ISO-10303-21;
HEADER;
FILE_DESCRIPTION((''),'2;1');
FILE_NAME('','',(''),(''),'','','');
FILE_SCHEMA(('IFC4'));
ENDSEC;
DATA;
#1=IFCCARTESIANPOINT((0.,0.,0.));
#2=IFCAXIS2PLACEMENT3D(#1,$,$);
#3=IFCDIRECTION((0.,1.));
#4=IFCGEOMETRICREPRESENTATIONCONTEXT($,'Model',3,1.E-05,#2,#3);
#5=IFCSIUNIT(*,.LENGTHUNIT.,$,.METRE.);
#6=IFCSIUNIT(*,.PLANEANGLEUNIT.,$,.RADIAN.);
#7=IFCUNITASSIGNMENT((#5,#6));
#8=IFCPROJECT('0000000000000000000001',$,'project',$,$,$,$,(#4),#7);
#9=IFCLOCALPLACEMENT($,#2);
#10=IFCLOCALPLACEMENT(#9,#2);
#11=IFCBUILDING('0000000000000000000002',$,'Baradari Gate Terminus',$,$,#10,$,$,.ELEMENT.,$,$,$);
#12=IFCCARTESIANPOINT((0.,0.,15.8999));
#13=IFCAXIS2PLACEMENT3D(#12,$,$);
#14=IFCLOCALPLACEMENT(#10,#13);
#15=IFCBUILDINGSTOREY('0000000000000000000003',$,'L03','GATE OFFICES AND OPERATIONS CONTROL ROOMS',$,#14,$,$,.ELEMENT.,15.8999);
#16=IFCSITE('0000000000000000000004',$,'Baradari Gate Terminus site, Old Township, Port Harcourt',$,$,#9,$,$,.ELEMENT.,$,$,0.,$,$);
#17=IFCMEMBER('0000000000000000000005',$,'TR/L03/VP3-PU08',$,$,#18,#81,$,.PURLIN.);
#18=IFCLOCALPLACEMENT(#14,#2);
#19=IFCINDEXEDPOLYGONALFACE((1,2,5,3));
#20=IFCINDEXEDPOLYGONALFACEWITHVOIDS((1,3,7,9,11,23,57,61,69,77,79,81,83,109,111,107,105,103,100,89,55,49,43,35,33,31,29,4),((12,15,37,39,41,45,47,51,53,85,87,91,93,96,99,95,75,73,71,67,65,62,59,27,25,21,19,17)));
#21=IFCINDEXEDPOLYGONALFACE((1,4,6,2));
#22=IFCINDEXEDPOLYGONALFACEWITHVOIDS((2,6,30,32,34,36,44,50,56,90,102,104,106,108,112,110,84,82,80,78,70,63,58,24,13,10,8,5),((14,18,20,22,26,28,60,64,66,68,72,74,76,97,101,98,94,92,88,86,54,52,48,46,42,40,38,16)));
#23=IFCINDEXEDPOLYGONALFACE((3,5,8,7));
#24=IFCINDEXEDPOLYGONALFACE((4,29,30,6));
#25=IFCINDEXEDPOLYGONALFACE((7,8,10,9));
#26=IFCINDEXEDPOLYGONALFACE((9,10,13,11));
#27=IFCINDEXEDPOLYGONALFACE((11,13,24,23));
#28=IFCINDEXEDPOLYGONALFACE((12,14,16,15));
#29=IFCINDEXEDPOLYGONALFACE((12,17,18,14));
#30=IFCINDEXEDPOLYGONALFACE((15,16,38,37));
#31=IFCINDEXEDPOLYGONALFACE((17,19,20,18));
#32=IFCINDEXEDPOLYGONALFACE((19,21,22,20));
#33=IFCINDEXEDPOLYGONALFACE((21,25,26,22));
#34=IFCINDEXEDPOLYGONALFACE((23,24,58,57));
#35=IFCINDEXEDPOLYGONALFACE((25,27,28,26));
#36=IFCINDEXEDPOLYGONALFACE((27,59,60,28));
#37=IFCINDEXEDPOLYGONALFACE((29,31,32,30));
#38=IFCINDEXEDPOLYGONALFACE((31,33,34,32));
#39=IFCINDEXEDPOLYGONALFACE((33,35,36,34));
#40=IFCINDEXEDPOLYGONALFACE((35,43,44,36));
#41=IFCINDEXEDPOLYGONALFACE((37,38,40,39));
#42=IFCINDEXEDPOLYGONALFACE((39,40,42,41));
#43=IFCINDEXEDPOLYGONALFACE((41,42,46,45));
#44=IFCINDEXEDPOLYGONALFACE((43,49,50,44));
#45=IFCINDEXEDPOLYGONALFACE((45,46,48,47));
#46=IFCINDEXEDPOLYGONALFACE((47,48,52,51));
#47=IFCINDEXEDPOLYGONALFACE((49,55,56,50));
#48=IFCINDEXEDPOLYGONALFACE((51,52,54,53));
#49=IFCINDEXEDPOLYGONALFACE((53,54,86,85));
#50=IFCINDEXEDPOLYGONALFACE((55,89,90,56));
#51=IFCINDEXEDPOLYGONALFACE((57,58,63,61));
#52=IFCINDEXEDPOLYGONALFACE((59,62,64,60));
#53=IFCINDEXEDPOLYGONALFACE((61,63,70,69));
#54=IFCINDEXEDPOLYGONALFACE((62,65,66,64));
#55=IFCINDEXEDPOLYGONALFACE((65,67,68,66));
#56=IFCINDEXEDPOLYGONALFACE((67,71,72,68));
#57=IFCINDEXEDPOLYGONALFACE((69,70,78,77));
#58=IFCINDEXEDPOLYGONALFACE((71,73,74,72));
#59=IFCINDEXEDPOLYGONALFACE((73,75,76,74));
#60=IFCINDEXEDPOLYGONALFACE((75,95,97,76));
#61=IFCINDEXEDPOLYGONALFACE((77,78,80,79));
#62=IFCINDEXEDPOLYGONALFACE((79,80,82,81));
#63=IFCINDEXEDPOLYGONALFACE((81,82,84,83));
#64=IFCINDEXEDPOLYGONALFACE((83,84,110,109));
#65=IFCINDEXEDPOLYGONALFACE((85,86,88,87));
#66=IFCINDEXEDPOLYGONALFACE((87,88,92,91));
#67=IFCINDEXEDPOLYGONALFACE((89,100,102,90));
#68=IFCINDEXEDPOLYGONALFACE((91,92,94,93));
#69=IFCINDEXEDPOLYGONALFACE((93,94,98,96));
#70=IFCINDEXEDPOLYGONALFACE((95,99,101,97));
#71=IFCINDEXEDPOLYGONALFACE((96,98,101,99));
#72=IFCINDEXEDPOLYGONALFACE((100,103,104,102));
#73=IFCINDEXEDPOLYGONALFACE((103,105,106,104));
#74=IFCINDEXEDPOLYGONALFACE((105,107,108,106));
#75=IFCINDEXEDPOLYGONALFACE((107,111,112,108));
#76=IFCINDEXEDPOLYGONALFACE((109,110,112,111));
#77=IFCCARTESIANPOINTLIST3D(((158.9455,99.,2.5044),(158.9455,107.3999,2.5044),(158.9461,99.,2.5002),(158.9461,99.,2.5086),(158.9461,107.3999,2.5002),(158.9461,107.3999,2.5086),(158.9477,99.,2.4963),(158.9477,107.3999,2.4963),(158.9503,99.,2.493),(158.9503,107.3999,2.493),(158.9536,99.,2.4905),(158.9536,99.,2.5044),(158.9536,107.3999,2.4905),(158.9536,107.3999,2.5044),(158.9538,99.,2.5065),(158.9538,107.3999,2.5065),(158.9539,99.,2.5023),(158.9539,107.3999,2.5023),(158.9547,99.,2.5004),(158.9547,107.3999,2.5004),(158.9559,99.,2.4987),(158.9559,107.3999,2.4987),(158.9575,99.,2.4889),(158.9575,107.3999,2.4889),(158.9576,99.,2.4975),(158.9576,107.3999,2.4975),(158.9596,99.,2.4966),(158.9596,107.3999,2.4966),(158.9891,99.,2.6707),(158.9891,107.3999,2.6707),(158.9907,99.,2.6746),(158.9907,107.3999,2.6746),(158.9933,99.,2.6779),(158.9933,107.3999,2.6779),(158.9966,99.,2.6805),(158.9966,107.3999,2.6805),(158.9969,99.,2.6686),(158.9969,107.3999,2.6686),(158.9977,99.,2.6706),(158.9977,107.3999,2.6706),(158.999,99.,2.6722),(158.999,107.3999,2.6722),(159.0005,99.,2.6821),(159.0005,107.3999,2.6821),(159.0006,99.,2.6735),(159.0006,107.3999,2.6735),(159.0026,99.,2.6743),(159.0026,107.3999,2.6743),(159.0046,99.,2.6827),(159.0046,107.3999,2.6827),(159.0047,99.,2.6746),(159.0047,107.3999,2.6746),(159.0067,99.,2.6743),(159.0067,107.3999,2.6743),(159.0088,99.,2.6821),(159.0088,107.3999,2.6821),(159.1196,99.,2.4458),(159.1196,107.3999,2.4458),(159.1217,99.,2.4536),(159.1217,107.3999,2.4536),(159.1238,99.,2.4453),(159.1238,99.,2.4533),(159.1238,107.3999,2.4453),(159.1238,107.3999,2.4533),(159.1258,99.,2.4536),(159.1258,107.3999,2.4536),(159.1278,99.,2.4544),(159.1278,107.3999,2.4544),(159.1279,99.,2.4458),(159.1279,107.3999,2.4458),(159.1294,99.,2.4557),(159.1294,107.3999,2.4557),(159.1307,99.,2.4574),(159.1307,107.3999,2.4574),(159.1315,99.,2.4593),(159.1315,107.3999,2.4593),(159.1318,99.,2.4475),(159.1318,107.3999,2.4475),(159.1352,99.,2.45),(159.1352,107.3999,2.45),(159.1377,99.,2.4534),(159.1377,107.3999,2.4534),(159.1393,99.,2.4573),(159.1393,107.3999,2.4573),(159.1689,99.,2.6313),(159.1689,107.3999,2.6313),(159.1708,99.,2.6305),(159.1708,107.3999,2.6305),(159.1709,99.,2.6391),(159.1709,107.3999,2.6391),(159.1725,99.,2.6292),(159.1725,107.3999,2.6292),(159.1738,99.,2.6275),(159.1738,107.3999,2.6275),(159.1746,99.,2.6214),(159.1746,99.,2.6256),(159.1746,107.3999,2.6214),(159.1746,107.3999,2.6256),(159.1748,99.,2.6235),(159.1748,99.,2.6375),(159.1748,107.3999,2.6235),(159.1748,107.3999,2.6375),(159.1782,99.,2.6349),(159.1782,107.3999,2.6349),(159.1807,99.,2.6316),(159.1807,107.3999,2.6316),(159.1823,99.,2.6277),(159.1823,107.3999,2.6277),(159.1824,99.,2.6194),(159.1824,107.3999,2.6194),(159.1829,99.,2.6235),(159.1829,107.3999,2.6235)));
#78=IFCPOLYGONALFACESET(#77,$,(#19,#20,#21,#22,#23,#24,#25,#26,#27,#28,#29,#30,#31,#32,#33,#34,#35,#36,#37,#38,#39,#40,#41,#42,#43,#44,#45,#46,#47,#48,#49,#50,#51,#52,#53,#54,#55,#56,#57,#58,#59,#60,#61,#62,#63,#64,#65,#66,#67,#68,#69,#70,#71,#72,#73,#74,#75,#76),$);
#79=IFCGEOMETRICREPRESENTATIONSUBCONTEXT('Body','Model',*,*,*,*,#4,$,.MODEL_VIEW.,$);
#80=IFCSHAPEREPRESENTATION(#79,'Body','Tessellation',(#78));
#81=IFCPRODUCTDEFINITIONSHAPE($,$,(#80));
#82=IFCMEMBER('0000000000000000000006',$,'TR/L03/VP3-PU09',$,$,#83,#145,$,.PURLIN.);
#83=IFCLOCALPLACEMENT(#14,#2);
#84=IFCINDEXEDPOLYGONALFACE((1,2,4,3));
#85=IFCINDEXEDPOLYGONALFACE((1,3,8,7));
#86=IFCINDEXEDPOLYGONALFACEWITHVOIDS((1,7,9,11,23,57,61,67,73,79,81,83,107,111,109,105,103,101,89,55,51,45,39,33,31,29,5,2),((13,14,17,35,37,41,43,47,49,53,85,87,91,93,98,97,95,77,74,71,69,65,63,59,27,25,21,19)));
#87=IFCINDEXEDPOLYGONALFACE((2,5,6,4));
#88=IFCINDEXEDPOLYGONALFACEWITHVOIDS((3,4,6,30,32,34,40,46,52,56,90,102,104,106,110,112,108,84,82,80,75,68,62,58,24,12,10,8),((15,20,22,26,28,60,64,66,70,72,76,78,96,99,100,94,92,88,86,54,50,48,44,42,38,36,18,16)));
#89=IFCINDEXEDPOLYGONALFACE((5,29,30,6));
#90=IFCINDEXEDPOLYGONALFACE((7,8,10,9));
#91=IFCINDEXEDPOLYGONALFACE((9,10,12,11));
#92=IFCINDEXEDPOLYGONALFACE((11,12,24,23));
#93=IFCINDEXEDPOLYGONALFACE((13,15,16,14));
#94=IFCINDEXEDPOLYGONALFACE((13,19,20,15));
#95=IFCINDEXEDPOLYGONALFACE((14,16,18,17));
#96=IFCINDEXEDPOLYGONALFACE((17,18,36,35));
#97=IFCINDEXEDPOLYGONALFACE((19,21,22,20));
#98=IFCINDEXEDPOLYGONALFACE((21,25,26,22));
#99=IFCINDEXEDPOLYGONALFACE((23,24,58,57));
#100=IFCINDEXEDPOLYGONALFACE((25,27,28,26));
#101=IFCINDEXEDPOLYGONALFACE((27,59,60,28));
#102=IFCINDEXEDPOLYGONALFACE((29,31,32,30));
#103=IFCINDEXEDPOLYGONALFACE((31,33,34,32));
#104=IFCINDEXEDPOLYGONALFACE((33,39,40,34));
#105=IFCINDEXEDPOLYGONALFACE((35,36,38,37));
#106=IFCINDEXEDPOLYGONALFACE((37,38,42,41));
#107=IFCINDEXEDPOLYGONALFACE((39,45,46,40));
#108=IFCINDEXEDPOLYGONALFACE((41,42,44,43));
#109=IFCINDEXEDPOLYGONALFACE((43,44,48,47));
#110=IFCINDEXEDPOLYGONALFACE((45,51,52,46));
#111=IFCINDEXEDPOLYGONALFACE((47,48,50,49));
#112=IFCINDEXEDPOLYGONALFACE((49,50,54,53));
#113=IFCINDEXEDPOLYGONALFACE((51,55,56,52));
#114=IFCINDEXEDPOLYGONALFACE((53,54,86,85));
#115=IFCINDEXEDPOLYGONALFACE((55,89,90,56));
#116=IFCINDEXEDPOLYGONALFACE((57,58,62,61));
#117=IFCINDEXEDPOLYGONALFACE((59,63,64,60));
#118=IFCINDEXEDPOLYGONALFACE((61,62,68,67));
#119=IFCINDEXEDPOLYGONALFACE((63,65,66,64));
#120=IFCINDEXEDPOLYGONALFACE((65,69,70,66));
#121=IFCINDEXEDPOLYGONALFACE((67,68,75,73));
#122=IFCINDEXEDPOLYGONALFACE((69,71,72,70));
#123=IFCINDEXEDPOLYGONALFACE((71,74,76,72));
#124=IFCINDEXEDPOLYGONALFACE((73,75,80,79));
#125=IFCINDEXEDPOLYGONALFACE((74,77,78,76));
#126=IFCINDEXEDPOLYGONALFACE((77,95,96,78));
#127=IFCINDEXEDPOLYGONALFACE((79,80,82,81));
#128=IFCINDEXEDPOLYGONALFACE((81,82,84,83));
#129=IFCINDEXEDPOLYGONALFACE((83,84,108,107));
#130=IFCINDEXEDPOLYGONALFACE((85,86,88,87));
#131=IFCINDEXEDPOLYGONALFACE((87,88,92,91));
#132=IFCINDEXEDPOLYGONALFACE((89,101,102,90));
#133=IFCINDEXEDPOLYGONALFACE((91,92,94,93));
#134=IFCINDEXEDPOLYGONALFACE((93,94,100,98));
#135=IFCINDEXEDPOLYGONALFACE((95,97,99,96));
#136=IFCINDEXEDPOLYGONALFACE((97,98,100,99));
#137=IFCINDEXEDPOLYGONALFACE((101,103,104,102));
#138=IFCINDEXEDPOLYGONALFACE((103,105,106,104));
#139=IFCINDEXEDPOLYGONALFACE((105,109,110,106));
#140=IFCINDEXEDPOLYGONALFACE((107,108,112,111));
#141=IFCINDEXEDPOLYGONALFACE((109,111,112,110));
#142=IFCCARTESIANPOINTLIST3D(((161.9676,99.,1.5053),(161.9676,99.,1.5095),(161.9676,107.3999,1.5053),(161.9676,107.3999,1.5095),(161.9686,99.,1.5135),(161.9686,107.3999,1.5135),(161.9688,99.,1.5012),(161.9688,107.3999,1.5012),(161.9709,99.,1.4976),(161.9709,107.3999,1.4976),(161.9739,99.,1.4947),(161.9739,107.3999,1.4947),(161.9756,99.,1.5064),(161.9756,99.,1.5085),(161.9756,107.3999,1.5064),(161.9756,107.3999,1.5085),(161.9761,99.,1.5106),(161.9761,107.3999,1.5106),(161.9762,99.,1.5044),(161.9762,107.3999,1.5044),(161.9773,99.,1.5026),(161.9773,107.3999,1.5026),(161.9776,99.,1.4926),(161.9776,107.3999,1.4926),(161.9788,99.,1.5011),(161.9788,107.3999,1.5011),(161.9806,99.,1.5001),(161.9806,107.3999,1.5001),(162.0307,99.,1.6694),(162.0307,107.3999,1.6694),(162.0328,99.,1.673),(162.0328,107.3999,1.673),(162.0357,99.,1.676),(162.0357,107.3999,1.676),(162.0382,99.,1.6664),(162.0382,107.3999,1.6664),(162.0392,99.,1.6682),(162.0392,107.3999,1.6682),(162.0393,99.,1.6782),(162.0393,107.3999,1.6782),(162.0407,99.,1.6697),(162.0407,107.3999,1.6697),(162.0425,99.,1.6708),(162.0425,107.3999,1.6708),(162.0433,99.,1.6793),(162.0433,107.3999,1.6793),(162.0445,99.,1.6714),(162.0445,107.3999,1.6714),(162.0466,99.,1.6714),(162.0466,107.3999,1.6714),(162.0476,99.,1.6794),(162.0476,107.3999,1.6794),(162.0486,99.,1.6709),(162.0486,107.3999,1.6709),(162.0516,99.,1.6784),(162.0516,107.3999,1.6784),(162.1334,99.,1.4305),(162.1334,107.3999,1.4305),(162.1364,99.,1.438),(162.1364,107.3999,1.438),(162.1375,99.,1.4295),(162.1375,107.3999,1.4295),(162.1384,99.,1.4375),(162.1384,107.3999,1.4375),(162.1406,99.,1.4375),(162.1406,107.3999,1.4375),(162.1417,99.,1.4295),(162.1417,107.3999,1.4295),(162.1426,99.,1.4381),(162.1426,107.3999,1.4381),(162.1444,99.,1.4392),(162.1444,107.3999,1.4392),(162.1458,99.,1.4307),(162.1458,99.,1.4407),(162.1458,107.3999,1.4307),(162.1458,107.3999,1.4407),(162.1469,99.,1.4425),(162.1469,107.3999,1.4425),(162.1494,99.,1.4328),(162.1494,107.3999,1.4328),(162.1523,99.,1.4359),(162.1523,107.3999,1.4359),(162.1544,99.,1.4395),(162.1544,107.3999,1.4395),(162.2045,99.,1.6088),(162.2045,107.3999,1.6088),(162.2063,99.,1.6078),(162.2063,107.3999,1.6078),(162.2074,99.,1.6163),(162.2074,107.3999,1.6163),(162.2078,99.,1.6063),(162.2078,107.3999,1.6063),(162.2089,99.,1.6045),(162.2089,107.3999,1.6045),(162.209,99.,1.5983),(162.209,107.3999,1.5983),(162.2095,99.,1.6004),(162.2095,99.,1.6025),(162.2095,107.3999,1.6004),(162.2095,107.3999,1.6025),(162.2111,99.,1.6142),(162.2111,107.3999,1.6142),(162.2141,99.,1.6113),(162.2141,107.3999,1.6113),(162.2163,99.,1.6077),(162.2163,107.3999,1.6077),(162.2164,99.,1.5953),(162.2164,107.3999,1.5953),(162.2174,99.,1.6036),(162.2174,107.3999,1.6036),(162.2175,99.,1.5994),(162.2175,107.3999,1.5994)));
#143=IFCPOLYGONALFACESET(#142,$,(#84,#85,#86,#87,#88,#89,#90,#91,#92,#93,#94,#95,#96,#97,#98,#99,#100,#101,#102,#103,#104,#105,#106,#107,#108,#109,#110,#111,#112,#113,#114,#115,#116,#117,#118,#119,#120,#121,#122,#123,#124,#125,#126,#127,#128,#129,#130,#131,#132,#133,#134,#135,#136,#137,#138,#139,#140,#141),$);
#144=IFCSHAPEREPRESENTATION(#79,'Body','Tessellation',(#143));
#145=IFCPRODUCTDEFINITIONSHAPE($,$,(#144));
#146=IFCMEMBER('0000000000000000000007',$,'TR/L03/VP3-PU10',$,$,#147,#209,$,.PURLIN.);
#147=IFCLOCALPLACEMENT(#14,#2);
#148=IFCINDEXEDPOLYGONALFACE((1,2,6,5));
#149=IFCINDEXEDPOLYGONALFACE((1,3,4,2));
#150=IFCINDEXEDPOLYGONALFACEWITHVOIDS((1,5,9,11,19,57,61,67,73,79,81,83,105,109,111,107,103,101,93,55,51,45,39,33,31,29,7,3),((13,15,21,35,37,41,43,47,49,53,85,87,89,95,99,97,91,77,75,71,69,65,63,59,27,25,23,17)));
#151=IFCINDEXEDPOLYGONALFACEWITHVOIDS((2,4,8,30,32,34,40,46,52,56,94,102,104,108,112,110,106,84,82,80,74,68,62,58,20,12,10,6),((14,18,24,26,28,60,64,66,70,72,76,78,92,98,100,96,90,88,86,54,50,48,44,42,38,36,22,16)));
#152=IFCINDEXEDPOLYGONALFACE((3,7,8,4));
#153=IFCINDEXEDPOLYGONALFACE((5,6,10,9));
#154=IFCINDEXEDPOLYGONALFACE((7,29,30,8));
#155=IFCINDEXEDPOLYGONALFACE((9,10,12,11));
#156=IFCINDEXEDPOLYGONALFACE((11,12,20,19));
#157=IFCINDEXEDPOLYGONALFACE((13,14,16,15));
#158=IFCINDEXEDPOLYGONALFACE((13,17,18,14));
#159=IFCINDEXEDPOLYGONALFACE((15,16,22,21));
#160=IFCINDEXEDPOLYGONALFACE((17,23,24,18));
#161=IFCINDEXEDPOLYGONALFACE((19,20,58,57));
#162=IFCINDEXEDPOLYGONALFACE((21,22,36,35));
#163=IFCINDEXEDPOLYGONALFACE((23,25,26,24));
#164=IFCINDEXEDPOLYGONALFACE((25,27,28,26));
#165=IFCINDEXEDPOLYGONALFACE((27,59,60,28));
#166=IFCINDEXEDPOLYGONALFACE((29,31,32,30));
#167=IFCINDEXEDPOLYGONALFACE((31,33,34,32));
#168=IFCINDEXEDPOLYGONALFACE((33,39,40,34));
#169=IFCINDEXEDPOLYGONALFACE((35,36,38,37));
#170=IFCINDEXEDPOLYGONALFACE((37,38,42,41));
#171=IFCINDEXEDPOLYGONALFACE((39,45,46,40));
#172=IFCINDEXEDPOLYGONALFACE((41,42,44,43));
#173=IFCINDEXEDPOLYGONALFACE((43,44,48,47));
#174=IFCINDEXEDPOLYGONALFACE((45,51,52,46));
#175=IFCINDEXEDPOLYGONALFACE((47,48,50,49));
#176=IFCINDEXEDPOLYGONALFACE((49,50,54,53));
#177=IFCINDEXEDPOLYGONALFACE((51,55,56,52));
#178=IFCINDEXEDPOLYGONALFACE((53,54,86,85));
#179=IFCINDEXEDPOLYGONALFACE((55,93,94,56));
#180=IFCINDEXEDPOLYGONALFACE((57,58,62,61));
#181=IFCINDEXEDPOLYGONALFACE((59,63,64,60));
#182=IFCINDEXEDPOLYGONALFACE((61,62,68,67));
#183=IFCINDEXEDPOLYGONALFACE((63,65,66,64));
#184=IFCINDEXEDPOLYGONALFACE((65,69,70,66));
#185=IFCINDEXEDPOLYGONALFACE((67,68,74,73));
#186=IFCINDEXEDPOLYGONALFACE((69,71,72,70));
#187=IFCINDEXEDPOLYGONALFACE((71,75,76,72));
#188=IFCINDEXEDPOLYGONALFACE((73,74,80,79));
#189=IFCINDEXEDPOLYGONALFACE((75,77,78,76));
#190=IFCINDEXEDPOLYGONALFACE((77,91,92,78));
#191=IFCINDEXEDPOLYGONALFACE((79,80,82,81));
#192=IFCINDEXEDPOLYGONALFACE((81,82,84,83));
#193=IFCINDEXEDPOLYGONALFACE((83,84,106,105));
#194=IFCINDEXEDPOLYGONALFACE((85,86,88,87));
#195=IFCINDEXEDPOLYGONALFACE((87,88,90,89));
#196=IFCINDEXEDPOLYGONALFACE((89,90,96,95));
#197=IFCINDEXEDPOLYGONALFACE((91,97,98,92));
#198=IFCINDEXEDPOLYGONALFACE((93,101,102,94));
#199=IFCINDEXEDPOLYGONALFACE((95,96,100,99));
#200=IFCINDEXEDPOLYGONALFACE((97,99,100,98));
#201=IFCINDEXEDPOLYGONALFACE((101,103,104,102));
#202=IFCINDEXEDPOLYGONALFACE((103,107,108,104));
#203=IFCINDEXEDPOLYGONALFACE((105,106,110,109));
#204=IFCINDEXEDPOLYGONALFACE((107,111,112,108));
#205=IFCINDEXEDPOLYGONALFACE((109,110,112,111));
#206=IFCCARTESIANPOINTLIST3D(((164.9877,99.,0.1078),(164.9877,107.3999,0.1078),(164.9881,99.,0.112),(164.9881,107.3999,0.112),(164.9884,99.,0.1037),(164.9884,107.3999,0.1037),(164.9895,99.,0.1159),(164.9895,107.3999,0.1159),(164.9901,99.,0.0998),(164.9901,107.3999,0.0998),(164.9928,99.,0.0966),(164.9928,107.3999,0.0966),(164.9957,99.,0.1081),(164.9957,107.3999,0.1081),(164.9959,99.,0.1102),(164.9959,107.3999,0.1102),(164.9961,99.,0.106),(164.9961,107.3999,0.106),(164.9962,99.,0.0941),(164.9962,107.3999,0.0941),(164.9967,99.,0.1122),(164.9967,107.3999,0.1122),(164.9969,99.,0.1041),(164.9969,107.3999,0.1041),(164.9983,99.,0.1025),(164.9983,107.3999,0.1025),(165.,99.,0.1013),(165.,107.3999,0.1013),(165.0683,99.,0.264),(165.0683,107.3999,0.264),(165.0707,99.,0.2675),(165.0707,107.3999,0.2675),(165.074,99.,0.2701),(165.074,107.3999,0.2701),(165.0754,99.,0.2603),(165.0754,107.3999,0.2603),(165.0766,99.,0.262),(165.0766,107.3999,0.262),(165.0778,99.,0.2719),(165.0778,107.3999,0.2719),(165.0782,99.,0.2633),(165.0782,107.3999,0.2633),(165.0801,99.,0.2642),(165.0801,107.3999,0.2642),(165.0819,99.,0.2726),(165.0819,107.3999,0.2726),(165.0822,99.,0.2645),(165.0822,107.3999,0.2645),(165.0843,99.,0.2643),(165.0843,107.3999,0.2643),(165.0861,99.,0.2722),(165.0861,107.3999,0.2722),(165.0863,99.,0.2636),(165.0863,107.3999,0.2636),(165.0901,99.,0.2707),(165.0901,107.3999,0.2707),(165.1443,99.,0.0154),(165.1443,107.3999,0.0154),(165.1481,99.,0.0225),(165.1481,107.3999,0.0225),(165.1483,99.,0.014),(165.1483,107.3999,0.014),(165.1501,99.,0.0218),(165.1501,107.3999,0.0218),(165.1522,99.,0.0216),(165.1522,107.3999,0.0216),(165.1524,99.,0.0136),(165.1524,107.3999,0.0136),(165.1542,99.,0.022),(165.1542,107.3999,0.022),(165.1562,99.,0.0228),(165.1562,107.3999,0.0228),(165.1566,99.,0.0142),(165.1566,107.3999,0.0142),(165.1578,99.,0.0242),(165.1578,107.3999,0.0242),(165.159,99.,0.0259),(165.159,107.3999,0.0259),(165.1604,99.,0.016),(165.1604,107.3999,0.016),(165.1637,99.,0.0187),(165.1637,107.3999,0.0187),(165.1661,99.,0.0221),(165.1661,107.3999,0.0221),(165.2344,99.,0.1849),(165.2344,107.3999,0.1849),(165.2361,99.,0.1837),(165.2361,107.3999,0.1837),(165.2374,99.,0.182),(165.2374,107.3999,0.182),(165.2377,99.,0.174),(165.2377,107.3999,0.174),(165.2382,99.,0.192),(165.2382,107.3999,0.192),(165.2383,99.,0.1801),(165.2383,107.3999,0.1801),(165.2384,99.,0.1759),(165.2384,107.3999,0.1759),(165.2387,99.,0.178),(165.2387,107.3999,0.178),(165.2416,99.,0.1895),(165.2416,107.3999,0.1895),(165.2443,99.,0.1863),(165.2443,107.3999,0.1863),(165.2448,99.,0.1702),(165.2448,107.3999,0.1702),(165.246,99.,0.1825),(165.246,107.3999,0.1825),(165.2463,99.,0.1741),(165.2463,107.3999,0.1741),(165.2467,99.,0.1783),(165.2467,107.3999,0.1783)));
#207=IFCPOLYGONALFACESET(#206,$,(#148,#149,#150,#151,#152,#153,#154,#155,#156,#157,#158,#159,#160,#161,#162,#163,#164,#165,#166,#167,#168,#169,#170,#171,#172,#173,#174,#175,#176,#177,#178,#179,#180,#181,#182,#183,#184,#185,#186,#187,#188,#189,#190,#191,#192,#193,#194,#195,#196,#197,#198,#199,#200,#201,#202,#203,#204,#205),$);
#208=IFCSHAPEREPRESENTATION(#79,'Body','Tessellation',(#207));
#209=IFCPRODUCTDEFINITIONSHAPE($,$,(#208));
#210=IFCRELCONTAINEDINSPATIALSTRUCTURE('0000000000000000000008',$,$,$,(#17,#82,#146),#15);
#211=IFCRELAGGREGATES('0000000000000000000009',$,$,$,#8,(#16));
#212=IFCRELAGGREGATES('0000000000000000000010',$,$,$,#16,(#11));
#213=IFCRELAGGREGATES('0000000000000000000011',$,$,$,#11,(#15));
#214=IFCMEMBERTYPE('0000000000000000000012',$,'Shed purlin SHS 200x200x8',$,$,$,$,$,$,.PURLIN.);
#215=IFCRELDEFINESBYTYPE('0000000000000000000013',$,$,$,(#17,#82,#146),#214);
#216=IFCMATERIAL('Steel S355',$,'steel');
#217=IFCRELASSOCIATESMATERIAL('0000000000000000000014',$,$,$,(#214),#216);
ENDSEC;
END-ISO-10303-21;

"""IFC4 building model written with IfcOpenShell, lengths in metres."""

from ifc_helpers import new_model, si_unit, direction, frame, origin, origin_2d, place, context, subcontext, project, spatial, hollow_rectangle, extrude, material, material_profile, profile_set, type_object, element, save


model = new_model("IFC4")

# Units and contexts
model_context = context("Model", 3, precision=1e-05, world=origin(), true_north=direction((0.0, 1.0)))
body_context = subcontext(model_context, "Body", "Model", "MODEL_VIEW")
ifc_project = project(units=[si_unit("LENGTHUNIT", "METRE"), si_unit("PLANEANGLEUNIT", "RADIAN")], contexts=[model_context])

# Site, building, storey
site_placement = place(None, origin())
site = spatial("IfcSite", under=ifc_project, at=site_placement, Name="Baradari Gate Terminus site, Old Township, Port Harcourt", CompositionType="ELEMENT", RefElevation=0.0)
building_placement = place(site_placement, origin())
building = spatial("IfcBuilding", under=site, at=building_placement, Name="Baradari Gate Terminus", CompositionType="ELEMENT")
storey_placement = place(building_placement, frame((0.0, 0.0, 15.8999)))
storey = spatial("IfcBuildingStorey", under=building, at=storey_placement, Name="L03", Description="GATE OFFICES AND OPERATIONS CONTROL ROOMS", CompositionType="ELEMENT", Elevation=15.8999)

# Members
ifc_material_1 = material(Name="Steel S355", Category="steel")
ifc_material_profile_1 = material_profile(ifc_material_1, hollow_rectangle(XDim=0.2, YDim=0.2, WallThickness=0.0081, InnerFilletRadius=0.0081, OuterFilletRadius=0.0161, at=origin_2d()), Name="SHS 200x200x8")
ifc_profile_set_1 = profile_set([ifc_material_profile_1], Name="Steel S355")
member_type_1 = type_object("IfcMemberType", Name="Shed purlin SHS 200x200x8", PredefinedType="PURLIN", material=ifc_profile_set_1)
for number, where, z_axis, x_axis, name in (
    (1, (159.0642, 99.0, 2.564), (0.0, 1.0, 0.0), (-0.9665, 0.0, 0.256668), "TR/L03/VP3-PU08"),
    (2, (162.0925, 99.0, 1.5544), (0.0, 1.0, 0.0), (-0.928965, 0.0, 0.370167), "TR/L03/VP3-PU09"),
    (3, (165.1172, 99.0, 0.1431), (0.0, 1.0, 0.0), (-0.883027, 0.0, 0.469322), "TR/L03/VP3-PU10"),
):
    element("IfcMember", number, at=place(storey_placement, frame(where, z_axis=z_axis, x_axis=x_axis)), inside=storey, type_object=member_type_1, Name=name, PredefinedType="PURLIN", context=body_context, shape_type="SweptSolid", body=[
        extrude(hollow_rectangle(XDim=0.2, YDim=0.2, WallThickness=0.0081, InnerFilletRadius=0.0081, OuterFilletRadius=0.0161, at=origin_2d()), origin(), (0.0, 0.0, 1.0), 8.3999),
    ])

save(model, "model.ifc")
